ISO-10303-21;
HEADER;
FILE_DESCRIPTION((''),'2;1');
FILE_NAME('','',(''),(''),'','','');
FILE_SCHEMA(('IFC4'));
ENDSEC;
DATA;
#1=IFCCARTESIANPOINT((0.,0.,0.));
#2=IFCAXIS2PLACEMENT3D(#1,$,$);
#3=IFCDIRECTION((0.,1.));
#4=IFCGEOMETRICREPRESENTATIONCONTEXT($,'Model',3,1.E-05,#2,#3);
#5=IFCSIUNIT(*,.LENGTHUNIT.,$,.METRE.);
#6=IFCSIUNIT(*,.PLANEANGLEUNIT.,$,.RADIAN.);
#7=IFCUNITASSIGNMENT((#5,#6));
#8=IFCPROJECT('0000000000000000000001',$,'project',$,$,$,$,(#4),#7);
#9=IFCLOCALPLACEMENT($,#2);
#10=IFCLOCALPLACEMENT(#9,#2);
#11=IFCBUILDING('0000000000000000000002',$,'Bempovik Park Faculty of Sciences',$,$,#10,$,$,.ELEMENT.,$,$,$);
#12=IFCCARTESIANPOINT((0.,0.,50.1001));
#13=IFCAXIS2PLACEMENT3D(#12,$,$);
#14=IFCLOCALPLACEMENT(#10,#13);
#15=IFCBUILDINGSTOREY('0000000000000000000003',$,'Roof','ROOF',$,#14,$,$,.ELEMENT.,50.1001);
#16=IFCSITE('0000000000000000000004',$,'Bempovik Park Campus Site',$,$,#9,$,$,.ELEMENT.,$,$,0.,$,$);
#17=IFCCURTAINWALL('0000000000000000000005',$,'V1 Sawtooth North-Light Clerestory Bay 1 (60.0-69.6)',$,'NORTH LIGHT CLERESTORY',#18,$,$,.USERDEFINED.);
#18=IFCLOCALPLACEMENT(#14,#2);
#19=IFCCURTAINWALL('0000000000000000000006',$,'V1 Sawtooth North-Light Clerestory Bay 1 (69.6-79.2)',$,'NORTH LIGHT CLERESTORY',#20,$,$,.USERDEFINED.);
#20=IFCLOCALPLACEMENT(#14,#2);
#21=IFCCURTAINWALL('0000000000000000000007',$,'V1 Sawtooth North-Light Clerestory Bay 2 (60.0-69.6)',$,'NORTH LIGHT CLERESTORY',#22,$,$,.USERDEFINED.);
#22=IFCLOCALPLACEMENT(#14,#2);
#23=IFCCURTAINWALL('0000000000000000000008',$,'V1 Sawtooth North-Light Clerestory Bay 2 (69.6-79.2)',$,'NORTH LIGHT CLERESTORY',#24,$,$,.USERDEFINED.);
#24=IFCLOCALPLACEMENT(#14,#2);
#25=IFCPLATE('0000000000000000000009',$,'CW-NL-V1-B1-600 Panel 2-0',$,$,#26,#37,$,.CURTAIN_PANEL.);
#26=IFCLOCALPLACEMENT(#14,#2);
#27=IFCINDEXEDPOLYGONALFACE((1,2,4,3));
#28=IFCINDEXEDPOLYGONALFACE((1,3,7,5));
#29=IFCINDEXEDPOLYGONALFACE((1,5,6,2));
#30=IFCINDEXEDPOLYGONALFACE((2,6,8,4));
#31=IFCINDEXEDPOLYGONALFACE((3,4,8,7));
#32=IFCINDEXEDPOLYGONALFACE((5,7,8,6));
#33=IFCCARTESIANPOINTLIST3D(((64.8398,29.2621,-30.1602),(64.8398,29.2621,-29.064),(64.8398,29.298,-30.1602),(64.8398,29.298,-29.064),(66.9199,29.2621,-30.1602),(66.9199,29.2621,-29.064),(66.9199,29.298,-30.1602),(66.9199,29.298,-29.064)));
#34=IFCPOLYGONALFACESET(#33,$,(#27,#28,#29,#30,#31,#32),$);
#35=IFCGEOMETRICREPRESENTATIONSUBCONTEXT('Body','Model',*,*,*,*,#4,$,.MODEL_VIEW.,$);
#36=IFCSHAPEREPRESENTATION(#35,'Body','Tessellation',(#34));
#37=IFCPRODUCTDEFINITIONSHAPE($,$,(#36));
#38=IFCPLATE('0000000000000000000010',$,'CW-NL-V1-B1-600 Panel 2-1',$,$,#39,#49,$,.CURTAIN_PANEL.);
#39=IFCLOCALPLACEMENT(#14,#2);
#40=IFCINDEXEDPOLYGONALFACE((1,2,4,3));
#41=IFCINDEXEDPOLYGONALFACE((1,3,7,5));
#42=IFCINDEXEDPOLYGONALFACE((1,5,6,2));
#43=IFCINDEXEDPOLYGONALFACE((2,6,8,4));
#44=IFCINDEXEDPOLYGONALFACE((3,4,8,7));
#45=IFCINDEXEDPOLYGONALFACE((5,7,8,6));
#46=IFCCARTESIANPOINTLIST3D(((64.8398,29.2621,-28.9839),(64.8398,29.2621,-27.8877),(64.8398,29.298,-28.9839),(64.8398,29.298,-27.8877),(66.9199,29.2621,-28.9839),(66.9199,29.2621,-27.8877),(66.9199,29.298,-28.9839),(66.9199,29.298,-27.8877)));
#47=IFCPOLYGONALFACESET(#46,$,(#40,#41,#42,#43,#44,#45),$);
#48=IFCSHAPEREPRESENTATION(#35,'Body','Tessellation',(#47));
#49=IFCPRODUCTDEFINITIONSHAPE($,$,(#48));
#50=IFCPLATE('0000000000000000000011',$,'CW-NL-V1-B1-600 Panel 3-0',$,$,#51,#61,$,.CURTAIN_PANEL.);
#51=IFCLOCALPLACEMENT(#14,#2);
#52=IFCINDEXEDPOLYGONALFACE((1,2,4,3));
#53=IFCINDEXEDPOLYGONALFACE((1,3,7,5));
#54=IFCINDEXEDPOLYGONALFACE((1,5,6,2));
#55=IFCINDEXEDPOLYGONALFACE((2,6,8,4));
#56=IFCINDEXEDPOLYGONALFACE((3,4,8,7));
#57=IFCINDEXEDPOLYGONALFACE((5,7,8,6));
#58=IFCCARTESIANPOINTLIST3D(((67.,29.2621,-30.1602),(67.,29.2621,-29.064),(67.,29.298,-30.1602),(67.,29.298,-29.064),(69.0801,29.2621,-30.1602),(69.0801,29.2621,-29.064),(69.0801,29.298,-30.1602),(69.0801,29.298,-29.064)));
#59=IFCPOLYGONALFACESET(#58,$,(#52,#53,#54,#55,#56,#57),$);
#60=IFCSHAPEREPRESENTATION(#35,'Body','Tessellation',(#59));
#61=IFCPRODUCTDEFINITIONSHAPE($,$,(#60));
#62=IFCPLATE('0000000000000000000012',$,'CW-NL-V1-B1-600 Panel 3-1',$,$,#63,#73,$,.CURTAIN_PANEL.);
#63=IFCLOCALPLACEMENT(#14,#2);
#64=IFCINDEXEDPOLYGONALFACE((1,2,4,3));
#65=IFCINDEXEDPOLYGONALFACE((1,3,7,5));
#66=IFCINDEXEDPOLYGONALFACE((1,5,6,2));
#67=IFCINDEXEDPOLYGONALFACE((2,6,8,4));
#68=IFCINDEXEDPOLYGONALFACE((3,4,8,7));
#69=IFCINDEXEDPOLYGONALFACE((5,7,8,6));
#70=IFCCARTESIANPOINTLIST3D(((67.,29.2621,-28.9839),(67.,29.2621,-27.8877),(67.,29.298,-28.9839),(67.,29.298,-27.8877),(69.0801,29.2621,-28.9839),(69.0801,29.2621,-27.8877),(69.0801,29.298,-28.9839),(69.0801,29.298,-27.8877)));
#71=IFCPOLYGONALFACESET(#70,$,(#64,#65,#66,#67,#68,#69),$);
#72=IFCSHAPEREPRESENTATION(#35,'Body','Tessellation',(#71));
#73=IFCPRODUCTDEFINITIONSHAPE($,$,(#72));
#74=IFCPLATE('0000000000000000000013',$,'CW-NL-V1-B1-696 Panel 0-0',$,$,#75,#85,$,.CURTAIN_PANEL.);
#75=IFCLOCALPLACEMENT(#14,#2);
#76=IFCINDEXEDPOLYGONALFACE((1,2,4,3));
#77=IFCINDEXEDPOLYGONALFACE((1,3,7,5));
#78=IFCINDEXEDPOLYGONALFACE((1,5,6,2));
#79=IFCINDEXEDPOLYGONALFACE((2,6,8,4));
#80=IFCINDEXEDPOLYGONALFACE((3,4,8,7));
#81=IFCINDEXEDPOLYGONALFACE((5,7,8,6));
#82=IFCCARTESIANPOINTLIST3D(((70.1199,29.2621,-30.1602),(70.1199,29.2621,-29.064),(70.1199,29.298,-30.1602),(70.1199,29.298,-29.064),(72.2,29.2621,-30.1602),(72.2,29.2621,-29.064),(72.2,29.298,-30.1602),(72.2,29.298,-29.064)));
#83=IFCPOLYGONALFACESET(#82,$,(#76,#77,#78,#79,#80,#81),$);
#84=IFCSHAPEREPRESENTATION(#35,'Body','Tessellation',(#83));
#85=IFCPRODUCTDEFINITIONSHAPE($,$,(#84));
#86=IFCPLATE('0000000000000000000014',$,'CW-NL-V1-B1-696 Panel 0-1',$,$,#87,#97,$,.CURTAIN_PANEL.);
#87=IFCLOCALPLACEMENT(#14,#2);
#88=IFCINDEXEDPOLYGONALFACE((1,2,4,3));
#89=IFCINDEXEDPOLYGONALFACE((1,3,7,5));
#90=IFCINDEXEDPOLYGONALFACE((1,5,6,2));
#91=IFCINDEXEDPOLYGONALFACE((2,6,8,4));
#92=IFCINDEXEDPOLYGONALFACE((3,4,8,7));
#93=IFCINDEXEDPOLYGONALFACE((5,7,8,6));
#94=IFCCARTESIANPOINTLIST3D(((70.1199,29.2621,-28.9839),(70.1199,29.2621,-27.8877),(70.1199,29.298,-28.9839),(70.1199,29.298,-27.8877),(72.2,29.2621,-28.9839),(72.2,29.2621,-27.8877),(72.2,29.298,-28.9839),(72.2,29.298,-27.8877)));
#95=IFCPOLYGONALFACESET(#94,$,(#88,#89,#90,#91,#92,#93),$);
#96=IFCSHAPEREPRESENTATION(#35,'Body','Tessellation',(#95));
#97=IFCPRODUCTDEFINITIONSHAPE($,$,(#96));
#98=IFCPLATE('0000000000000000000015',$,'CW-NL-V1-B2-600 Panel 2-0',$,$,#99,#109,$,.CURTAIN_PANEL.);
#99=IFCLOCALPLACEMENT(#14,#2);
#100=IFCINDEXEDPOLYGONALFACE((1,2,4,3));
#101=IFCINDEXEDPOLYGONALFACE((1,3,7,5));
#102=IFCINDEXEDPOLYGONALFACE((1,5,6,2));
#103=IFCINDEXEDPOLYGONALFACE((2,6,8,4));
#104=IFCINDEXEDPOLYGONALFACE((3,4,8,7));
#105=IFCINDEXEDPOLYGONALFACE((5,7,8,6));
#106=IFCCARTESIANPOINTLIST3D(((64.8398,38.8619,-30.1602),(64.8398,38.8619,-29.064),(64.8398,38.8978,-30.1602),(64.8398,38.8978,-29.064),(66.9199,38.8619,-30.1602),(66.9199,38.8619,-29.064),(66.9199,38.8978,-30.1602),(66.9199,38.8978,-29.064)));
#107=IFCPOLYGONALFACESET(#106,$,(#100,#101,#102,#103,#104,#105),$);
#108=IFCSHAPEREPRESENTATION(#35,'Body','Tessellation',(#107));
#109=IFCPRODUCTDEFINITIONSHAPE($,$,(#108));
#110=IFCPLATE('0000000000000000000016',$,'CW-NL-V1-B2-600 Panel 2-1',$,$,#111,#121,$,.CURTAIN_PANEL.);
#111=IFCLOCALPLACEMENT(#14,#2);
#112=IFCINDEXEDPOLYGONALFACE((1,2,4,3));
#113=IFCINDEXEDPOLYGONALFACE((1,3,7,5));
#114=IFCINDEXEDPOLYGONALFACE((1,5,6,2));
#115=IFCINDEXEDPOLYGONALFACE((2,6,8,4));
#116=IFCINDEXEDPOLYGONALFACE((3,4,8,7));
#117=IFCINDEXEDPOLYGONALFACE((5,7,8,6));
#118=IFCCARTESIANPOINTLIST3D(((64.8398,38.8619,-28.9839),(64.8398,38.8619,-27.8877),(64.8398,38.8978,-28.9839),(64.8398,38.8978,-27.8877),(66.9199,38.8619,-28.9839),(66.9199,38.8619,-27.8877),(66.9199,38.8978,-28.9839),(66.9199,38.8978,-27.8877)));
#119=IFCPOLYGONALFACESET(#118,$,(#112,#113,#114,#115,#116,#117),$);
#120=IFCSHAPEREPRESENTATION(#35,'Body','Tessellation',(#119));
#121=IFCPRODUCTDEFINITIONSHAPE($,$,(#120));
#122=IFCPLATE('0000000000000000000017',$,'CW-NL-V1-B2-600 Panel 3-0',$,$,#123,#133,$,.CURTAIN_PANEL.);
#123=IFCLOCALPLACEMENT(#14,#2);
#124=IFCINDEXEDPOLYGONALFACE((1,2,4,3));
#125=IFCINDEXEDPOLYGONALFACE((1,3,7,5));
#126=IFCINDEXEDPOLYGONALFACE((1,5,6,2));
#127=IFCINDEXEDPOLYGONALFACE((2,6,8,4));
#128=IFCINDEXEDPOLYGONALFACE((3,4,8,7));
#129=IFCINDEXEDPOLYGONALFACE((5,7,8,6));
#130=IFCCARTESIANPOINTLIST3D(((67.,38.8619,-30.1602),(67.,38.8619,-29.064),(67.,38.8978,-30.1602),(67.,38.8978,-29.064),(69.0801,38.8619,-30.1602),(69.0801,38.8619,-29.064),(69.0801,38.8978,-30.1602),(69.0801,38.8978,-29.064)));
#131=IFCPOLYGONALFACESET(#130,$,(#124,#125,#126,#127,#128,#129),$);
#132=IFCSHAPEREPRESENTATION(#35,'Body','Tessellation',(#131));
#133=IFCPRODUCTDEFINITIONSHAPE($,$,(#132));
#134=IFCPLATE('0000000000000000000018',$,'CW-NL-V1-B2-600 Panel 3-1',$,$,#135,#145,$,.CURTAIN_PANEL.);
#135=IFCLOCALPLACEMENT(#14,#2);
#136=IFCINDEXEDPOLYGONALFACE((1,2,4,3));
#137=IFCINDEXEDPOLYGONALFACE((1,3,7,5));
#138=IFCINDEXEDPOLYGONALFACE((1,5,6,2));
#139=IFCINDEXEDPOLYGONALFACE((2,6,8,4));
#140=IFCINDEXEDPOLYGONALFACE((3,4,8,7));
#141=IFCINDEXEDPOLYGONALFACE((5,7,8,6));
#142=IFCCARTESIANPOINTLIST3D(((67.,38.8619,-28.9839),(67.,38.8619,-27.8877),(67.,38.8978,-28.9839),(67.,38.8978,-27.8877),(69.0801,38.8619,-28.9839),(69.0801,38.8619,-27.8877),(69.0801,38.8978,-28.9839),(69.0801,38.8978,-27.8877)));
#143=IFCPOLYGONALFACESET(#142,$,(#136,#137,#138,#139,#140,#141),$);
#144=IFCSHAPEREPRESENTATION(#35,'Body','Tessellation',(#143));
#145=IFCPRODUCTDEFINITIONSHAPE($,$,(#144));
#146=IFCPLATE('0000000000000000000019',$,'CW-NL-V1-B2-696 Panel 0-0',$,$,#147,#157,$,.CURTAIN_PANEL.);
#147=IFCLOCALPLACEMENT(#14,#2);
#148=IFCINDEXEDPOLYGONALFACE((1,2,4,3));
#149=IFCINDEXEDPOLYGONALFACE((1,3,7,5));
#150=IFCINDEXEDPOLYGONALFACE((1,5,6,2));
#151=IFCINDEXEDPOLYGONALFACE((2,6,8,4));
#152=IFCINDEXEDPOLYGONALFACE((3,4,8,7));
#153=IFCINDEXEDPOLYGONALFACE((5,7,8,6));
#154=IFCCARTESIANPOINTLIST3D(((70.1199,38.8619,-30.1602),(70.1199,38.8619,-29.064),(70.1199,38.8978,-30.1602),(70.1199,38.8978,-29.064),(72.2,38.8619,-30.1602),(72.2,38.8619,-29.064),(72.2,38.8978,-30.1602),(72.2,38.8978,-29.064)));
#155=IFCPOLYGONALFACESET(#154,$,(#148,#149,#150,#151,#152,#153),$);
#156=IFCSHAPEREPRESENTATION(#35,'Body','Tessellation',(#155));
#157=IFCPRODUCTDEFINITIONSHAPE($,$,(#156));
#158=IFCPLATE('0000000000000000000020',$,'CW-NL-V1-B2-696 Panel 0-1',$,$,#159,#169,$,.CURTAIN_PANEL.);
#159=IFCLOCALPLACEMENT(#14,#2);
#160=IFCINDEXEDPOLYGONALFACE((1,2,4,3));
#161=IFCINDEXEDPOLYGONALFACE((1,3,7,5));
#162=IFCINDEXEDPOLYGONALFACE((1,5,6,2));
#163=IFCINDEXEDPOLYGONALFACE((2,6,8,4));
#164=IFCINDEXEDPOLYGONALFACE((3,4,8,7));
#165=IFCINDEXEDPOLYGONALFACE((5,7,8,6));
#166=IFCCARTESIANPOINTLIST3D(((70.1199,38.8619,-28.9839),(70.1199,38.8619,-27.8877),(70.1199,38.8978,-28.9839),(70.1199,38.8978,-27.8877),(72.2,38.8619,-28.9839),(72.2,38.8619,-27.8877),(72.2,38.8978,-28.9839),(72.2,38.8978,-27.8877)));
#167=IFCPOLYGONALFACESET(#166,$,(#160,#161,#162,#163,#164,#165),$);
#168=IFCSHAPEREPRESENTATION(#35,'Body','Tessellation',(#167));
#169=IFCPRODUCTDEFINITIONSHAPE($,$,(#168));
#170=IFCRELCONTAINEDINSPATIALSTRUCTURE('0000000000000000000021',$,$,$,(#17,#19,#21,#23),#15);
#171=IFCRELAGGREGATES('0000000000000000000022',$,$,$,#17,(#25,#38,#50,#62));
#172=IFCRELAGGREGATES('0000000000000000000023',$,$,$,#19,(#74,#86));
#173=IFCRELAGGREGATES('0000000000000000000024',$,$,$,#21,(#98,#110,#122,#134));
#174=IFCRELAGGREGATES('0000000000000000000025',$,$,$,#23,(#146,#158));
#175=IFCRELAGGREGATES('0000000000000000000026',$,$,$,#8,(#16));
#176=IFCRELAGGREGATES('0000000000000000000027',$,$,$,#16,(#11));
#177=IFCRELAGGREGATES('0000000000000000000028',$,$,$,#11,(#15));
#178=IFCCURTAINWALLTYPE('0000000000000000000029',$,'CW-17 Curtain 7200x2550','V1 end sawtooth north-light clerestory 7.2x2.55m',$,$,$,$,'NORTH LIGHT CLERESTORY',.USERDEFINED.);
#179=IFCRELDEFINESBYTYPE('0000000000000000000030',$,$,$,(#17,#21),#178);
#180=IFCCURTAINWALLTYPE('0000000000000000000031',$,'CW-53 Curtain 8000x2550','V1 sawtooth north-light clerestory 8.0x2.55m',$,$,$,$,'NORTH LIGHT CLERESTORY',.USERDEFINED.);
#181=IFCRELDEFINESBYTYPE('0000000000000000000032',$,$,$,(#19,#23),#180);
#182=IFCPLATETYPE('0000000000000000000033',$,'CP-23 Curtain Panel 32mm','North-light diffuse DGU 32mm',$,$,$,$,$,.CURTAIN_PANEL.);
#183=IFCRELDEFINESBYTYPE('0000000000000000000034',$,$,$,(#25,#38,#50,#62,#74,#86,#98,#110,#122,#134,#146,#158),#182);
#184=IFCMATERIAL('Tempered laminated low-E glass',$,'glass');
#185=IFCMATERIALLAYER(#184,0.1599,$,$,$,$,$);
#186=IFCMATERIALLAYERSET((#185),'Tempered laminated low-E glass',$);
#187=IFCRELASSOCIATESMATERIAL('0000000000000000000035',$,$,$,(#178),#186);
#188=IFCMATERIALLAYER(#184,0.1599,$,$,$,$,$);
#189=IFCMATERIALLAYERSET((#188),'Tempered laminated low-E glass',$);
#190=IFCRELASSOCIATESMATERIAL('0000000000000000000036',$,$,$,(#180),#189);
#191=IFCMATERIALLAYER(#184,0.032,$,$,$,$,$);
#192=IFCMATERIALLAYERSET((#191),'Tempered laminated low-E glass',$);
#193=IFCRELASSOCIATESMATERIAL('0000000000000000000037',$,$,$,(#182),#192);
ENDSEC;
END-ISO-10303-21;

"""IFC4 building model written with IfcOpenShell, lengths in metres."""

from ifc_helpers import new_model, si_unit, direction, frame, origin, origin_2d, place, context, subcontext, project, spatial, rectangle, extrude, material, layer, layer_set, type_object, element, aggregate, save


model = new_model("IFC4")

# Units and contexts
model_context = context("Model", 3, precision=1e-05, world=origin(), true_north=direction((0.0, 1.0)))
body_context = subcontext(model_context, "Body", "Model", "MODEL_VIEW")
ifc_project = project(units=[si_unit("LENGTHUNIT", "METRE"), si_unit("PLANEANGLEUNIT", "RADIAN")], contexts=[model_context])

# Site, building, storey
site_placement = place(None, origin())
site = spatial("IfcSite", under=ifc_project, at=site_placement, Name="Bempovik Park Campus Site", CompositionType="ELEMENT", RefElevation=0.0)
building_placement = place(site_placement, origin())
building = spatial("IfcBuilding", under=site, at=building_placement, Name="Bempovik Park Faculty of Sciences", CompositionType="ELEMENT")
storey_placement = place(building_placement, frame((0.0, 0.0, 50.1001)))
storey = spatial("IfcBuildingStorey", under=building, at=storey_placement, Name="Roof", Description="ROOF", CompositionType="ELEMENT", Elevation=50.1001)

# Curtain wall
ifc_material_1 = material(Name="Tempered laminated low-E glass", Category="glass")
ifc_layer_1 = layer(ifc_material_1, 0.1599)
ifc_layer_set_1 = layer_set([ifc_layer_1], Name="Tempered laminated low-E glass")
curtain_wall_type_1 = type_object("IfcCurtainWallType", Name="CW-17 Curtain 7200x2550", Description="V1 end sawtooth north-light clerestory 7.2x2.55m", ElementType="NORTH LIGHT CLERESTORY", PredefinedType="USERDEFINED", material=ifc_layer_set_1)
curtain_wall_1_placement = place(storey_placement, origin())
curtain_wall_1 = element("IfcCurtainWall", 1, at=curtain_wall_1_placement, inside=storey, type_object=curtain_wall_type_1, Name="V1 Sawtooth North-Light Clerestory Bay 1 (60.0-69.6)", ObjectType="NORTH LIGHT CLERESTORY", PredefinedType="USERDEFINED")

# Curtain wall
ifc_layer_2 = layer(ifc_material_1, 0.1599)
ifc_layer_set_2 = layer_set([ifc_layer_2], Name="Tempered laminated low-E glass")
curtain_wall_type_2 = type_object("IfcCurtainWallType", Name="CW-53 Curtain 8000x2550", Description="V1 sawtooth north-light clerestory 8.0x2.55m", ElementType="NORTH LIGHT CLERESTORY", PredefinedType="USERDEFINED", material=ifc_layer_set_2)
curtain_wall_2_placement = place(storey_placement, origin())
curtain_wall_2 = element("IfcCurtainWall", 2, at=curtain_wall_2_placement, inside=storey, type_object=curtain_wall_type_2, Name="V1 Sawtooth North-Light Clerestory Bay 1 (69.6-79.2)", ObjectType="NORTH LIGHT CLERESTORY", PredefinedType="USERDEFINED")

# Curtain wall
curtain_wall_3_placement = place(storey_placement, origin())
curtain_wall_3 = element("IfcCurtainWall", 3, at=curtain_wall_3_placement, inside=storey, type_object=curtain_wall_type_1, Name="V1 Sawtooth North-Light Clerestory Bay 2 (60.0-69.6)", ObjectType="NORTH LIGHT CLERESTORY", PredefinedType="USERDEFINED")

# Curtain wall
curtain_wall_4_placement = place(storey_placement, origin())
curtain_wall_4 = element("IfcCurtainWall", 4, at=curtain_wall_4_placement, inside=storey, type_object=curtain_wall_type_2, Name="V1 Sawtooth North-Light Clerestory Bay 2 (69.6-79.2)", ObjectType="NORTH LIGHT CLERESTORY", PredefinedType="USERDEFINED")

# Plates
ifc_layer_3 = layer(ifc_material_1, 0.032)
ifc_layer_set_3 = layer_set([ifc_layer_3], Name="Tempered laminated low-E glass")
plate_type = type_object("IfcPlateType", Name="CP-23 Curtain Panel 32mm", Description="North-light diffuse DGU 32mm", PredefinedType="CURTAIN_PANEL", material=ifc_layer_set_3)
plate_1_placement = place(storey_placement, frame((65.8799, 29.28, -30.1602), z_axis=(0.0, 0.0, 1.0), x_axis=(1.0, 0.0, 0.0)))
plate_1 = element("IfcPlate", 5, at=plate_1_placement, type_object=plate_type, Name="CW-NL-V1-B1-600 Panel 2-0", PredefinedType="CURTAIN_PANEL", context=body_context, shape_type="SweptSolid", body=[
    extrude(rectangle(XDim=2.0801, YDim=0.0359, at=origin_2d()), origin(), (0.0, 0.0, 1.0), 1.0962),
])
plate_2_placement = place(storey_placement, frame((65.8799, 29.28, -28.9839), z_axis=(0.0, 0.0, 1.0), x_axis=(1.0, 0.0, 0.0)))
plate_2 = element("IfcPlate", 6, at=plate_2_placement, type_object=plate_type, Name="CW-NL-V1-B1-600 Panel 2-1", PredefinedType="CURTAIN_PANEL", context=body_context, shape_type="SweptSolid", body=[
    extrude(rectangle(XDim=2.0801, YDim=0.0359, at=origin_2d()), origin(), (0.0, 0.0, 1.0), 1.0962),
])
plate_3_placement = place(storey_placement, frame((68.04, 29.28, -30.1602), z_axis=(0.0, 0.0, 1.0), x_axis=(1.0, 0.0, 0.0)))
plate_3 = element("IfcPlate", 7, at=plate_3_placement, type_object=plate_type, Name="CW-NL-V1-B1-600 Panel 3-0", PredefinedType="CURTAIN_PANEL", context=body_context, shape_type="SweptSolid", body=[
    extrude(rectangle(XDim=2.0801, YDim=0.0359, at=origin_2d()), origin(), (0.0, 0.0, 1.0), 1.0962),
])
plate_4_placement = place(storey_placement, frame((68.04, 29.28, -28.9839), z_axis=(0.0, 0.0, 1.0), x_axis=(1.0, 0.0, 0.0)))
plate_4 = element("IfcPlate", 8, at=plate_4_placement, type_object=plate_type, Name="CW-NL-V1-B1-600 Panel 3-1", PredefinedType="CURTAIN_PANEL", context=body_context, shape_type="SweptSolid", body=[
    extrude(rectangle(XDim=2.0801, YDim=0.0359, at=origin_2d()), origin(), (0.0, 0.0, 1.0), 1.0962),
])
aggregate(curtain_wall_1, [plate_1, plate_2, plate_3, plate_4])
plate_5_placement = place(storey_placement, frame((71.1599, 29.28, -30.1602), z_axis=(0.0, 0.0, 1.0), x_axis=(1.0, 0.0, 0.0)))
plate_5 = element("IfcPlate", 9, at=plate_5_placement, type_object=plate_type, Name="CW-NL-V1-B1-696 Panel 0-0", PredefinedType="CURTAIN_PANEL", context=body_context, shape_type="SweptSolid", body=[
    extrude(rectangle(XDim=2.0801, YDim=0.0359, at=origin_2d()), origin(), (0.0, 0.0, 1.0), 1.0962),
])
plate_6_placement = place(storey_placement, frame((71.1599, 29.28, -28.9839), z_axis=(0.0, 0.0, 1.0), x_axis=(1.0, 0.0, 0.0)))
plate_6 = element("IfcPlate", 10, at=plate_6_placement, type_object=plate_type, Name="CW-NL-V1-B1-696 Panel 0-1", PredefinedType="CURTAIN_PANEL", context=body_context, shape_type="SweptSolid", body=[
    extrude(rectangle(XDim=2.0801, YDim=0.0359, at=origin_2d()), origin(), (0.0, 0.0, 1.0), 1.0962),
])
aggregate(curtain_wall_2, [plate_5, plate_6])
plate_7_placement = place(storey_placement, frame((65.8799, 38.8799, -30.1602), z_axis=(0.0, 0.0, 1.0), x_axis=(1.0, 0.0, 0.0)))
plate_7 = element("IfcPlate", 11, at=plate_7_placement, type_object=plate_type, Name="CW-NL-V1-B2-600 Panel 2-0", PredefinedType="CURTAIN_PANEL", context=body_context, shape_type="SweptSolid", body=[
    extrude(rectangle(XDim=2.0801, YDim=0.0359, at=origin_2d()), origin(), (0.0, 0.0, 1.0), 1.0962),
])
plate_8_placement = place(storey_placement, frame((65.8799, 38.8799, -28.9839), z_axis=(0.0, 0.0, 1.0), x_axis=(1.0, 0.0, 0.0)))
plate_8 = element("IfcPlate", 12, at=plate_8_placement, type_object=plate_type, Name="CW-NL-V1-B2-600 Panel 2-1", PredefinedType="CURTAIN_PANEL", context=body_context, shape_type="SweptSolid", body=[
    extrude(rectangle(XDim=2.0801, YDim=0.0359, at=origin_2d()), origin(), (0.0, 0.0, 1.0), 1.0962),
])
plate_9_placement = place(storey_placement, frame((68.04, 38.8799, -30.1602), z_axis=(0.0, 0.0, 1.0), x_axis=(1.0, 0.0, 0.0)))
plate_9 = element("IfcPlate", 13, at=plate_9_placement, type_object=plate_type, Name="CW-NL-V1-B2-600 Panel 3-0", PredefinedType="CURTAIN_PANEL", context=body_context, shape_type="SweptSolid", body=[
    extrude(rectangle(XDim=2.0801, YDim=0.0359, at=origin_2d()), origin(), (0.0, 0.0, 1.0), 1.0962),
])
plate_10_placement = place(storey_placement, frame((68.04, 38.8799, -28.9839), z_axis=(0.0, 0.0, 1.0), x_axis=(1.0, 0.0, 0.0)))
plate_10 = element("IfcPlate", 14, at=plate_10_placement, type_object=plate_type, Name="CW-NL-V1-B2-600 Panel 3-1", PredefinedType="CURTAIN_PANEL", context=body_context, shape_type="SweptSolid", body=[
    extrude(rectangle(XDim=2.0801, YDim=0.0359, at=origin_2d()), origin(), (0.0, 0.0, 1.0), 1.0962),
])
aggregate(curtain_wall_3, [plate_7, plate_8, plate_9, plate_10])
plate_11_placement = place(storey_placement, frame((71.1599, 38.8799, -30.1602), z_axis=(0.0, 0.0, 1.0), x_axis=(1.0, 0.0, 0.0)))
plate_11 = element("IfcPlate", 15, at=plate_11_placement, type_object=plate_type, Name="CW-NL-V1-B2-696 Panel 0-0", PredefinedType="CURTAIN_PANEL", context=body_context, shape_type="SweptSolid", body=[
    extrude(rectangle(XDim=2.0801, YDim=0.0359, at=origin_2d()), origin(), (0.0, 0.0, 1.0), 1.0962),
])
plate_12_placement = place(storey_placement, frame((71.1599, 38.8799, -28.9839), z_axis=(0.0, 0.0, 1.0), x_axis=(1.0, 0.0, 0.0)))
plate_12 = element("IfcPlate", 16, at=plate_12_placement, type_object=plate_type, Name="CW-NL-V1-B2-696 Panel 0-1", PredefinedType="CURTAIN_PANEL", context=body_context, shape_type="SweptSolid", body=[
    extrude(rectangle(XDim=2.0801, YDim=0.0359, at=origin_2d()), origin(), (0.0, 0.0, 1.0), 1.0962),
])
aggregate(curtain_wall_4, [plate_11, plate_12])

save(model, "model.ifc")
